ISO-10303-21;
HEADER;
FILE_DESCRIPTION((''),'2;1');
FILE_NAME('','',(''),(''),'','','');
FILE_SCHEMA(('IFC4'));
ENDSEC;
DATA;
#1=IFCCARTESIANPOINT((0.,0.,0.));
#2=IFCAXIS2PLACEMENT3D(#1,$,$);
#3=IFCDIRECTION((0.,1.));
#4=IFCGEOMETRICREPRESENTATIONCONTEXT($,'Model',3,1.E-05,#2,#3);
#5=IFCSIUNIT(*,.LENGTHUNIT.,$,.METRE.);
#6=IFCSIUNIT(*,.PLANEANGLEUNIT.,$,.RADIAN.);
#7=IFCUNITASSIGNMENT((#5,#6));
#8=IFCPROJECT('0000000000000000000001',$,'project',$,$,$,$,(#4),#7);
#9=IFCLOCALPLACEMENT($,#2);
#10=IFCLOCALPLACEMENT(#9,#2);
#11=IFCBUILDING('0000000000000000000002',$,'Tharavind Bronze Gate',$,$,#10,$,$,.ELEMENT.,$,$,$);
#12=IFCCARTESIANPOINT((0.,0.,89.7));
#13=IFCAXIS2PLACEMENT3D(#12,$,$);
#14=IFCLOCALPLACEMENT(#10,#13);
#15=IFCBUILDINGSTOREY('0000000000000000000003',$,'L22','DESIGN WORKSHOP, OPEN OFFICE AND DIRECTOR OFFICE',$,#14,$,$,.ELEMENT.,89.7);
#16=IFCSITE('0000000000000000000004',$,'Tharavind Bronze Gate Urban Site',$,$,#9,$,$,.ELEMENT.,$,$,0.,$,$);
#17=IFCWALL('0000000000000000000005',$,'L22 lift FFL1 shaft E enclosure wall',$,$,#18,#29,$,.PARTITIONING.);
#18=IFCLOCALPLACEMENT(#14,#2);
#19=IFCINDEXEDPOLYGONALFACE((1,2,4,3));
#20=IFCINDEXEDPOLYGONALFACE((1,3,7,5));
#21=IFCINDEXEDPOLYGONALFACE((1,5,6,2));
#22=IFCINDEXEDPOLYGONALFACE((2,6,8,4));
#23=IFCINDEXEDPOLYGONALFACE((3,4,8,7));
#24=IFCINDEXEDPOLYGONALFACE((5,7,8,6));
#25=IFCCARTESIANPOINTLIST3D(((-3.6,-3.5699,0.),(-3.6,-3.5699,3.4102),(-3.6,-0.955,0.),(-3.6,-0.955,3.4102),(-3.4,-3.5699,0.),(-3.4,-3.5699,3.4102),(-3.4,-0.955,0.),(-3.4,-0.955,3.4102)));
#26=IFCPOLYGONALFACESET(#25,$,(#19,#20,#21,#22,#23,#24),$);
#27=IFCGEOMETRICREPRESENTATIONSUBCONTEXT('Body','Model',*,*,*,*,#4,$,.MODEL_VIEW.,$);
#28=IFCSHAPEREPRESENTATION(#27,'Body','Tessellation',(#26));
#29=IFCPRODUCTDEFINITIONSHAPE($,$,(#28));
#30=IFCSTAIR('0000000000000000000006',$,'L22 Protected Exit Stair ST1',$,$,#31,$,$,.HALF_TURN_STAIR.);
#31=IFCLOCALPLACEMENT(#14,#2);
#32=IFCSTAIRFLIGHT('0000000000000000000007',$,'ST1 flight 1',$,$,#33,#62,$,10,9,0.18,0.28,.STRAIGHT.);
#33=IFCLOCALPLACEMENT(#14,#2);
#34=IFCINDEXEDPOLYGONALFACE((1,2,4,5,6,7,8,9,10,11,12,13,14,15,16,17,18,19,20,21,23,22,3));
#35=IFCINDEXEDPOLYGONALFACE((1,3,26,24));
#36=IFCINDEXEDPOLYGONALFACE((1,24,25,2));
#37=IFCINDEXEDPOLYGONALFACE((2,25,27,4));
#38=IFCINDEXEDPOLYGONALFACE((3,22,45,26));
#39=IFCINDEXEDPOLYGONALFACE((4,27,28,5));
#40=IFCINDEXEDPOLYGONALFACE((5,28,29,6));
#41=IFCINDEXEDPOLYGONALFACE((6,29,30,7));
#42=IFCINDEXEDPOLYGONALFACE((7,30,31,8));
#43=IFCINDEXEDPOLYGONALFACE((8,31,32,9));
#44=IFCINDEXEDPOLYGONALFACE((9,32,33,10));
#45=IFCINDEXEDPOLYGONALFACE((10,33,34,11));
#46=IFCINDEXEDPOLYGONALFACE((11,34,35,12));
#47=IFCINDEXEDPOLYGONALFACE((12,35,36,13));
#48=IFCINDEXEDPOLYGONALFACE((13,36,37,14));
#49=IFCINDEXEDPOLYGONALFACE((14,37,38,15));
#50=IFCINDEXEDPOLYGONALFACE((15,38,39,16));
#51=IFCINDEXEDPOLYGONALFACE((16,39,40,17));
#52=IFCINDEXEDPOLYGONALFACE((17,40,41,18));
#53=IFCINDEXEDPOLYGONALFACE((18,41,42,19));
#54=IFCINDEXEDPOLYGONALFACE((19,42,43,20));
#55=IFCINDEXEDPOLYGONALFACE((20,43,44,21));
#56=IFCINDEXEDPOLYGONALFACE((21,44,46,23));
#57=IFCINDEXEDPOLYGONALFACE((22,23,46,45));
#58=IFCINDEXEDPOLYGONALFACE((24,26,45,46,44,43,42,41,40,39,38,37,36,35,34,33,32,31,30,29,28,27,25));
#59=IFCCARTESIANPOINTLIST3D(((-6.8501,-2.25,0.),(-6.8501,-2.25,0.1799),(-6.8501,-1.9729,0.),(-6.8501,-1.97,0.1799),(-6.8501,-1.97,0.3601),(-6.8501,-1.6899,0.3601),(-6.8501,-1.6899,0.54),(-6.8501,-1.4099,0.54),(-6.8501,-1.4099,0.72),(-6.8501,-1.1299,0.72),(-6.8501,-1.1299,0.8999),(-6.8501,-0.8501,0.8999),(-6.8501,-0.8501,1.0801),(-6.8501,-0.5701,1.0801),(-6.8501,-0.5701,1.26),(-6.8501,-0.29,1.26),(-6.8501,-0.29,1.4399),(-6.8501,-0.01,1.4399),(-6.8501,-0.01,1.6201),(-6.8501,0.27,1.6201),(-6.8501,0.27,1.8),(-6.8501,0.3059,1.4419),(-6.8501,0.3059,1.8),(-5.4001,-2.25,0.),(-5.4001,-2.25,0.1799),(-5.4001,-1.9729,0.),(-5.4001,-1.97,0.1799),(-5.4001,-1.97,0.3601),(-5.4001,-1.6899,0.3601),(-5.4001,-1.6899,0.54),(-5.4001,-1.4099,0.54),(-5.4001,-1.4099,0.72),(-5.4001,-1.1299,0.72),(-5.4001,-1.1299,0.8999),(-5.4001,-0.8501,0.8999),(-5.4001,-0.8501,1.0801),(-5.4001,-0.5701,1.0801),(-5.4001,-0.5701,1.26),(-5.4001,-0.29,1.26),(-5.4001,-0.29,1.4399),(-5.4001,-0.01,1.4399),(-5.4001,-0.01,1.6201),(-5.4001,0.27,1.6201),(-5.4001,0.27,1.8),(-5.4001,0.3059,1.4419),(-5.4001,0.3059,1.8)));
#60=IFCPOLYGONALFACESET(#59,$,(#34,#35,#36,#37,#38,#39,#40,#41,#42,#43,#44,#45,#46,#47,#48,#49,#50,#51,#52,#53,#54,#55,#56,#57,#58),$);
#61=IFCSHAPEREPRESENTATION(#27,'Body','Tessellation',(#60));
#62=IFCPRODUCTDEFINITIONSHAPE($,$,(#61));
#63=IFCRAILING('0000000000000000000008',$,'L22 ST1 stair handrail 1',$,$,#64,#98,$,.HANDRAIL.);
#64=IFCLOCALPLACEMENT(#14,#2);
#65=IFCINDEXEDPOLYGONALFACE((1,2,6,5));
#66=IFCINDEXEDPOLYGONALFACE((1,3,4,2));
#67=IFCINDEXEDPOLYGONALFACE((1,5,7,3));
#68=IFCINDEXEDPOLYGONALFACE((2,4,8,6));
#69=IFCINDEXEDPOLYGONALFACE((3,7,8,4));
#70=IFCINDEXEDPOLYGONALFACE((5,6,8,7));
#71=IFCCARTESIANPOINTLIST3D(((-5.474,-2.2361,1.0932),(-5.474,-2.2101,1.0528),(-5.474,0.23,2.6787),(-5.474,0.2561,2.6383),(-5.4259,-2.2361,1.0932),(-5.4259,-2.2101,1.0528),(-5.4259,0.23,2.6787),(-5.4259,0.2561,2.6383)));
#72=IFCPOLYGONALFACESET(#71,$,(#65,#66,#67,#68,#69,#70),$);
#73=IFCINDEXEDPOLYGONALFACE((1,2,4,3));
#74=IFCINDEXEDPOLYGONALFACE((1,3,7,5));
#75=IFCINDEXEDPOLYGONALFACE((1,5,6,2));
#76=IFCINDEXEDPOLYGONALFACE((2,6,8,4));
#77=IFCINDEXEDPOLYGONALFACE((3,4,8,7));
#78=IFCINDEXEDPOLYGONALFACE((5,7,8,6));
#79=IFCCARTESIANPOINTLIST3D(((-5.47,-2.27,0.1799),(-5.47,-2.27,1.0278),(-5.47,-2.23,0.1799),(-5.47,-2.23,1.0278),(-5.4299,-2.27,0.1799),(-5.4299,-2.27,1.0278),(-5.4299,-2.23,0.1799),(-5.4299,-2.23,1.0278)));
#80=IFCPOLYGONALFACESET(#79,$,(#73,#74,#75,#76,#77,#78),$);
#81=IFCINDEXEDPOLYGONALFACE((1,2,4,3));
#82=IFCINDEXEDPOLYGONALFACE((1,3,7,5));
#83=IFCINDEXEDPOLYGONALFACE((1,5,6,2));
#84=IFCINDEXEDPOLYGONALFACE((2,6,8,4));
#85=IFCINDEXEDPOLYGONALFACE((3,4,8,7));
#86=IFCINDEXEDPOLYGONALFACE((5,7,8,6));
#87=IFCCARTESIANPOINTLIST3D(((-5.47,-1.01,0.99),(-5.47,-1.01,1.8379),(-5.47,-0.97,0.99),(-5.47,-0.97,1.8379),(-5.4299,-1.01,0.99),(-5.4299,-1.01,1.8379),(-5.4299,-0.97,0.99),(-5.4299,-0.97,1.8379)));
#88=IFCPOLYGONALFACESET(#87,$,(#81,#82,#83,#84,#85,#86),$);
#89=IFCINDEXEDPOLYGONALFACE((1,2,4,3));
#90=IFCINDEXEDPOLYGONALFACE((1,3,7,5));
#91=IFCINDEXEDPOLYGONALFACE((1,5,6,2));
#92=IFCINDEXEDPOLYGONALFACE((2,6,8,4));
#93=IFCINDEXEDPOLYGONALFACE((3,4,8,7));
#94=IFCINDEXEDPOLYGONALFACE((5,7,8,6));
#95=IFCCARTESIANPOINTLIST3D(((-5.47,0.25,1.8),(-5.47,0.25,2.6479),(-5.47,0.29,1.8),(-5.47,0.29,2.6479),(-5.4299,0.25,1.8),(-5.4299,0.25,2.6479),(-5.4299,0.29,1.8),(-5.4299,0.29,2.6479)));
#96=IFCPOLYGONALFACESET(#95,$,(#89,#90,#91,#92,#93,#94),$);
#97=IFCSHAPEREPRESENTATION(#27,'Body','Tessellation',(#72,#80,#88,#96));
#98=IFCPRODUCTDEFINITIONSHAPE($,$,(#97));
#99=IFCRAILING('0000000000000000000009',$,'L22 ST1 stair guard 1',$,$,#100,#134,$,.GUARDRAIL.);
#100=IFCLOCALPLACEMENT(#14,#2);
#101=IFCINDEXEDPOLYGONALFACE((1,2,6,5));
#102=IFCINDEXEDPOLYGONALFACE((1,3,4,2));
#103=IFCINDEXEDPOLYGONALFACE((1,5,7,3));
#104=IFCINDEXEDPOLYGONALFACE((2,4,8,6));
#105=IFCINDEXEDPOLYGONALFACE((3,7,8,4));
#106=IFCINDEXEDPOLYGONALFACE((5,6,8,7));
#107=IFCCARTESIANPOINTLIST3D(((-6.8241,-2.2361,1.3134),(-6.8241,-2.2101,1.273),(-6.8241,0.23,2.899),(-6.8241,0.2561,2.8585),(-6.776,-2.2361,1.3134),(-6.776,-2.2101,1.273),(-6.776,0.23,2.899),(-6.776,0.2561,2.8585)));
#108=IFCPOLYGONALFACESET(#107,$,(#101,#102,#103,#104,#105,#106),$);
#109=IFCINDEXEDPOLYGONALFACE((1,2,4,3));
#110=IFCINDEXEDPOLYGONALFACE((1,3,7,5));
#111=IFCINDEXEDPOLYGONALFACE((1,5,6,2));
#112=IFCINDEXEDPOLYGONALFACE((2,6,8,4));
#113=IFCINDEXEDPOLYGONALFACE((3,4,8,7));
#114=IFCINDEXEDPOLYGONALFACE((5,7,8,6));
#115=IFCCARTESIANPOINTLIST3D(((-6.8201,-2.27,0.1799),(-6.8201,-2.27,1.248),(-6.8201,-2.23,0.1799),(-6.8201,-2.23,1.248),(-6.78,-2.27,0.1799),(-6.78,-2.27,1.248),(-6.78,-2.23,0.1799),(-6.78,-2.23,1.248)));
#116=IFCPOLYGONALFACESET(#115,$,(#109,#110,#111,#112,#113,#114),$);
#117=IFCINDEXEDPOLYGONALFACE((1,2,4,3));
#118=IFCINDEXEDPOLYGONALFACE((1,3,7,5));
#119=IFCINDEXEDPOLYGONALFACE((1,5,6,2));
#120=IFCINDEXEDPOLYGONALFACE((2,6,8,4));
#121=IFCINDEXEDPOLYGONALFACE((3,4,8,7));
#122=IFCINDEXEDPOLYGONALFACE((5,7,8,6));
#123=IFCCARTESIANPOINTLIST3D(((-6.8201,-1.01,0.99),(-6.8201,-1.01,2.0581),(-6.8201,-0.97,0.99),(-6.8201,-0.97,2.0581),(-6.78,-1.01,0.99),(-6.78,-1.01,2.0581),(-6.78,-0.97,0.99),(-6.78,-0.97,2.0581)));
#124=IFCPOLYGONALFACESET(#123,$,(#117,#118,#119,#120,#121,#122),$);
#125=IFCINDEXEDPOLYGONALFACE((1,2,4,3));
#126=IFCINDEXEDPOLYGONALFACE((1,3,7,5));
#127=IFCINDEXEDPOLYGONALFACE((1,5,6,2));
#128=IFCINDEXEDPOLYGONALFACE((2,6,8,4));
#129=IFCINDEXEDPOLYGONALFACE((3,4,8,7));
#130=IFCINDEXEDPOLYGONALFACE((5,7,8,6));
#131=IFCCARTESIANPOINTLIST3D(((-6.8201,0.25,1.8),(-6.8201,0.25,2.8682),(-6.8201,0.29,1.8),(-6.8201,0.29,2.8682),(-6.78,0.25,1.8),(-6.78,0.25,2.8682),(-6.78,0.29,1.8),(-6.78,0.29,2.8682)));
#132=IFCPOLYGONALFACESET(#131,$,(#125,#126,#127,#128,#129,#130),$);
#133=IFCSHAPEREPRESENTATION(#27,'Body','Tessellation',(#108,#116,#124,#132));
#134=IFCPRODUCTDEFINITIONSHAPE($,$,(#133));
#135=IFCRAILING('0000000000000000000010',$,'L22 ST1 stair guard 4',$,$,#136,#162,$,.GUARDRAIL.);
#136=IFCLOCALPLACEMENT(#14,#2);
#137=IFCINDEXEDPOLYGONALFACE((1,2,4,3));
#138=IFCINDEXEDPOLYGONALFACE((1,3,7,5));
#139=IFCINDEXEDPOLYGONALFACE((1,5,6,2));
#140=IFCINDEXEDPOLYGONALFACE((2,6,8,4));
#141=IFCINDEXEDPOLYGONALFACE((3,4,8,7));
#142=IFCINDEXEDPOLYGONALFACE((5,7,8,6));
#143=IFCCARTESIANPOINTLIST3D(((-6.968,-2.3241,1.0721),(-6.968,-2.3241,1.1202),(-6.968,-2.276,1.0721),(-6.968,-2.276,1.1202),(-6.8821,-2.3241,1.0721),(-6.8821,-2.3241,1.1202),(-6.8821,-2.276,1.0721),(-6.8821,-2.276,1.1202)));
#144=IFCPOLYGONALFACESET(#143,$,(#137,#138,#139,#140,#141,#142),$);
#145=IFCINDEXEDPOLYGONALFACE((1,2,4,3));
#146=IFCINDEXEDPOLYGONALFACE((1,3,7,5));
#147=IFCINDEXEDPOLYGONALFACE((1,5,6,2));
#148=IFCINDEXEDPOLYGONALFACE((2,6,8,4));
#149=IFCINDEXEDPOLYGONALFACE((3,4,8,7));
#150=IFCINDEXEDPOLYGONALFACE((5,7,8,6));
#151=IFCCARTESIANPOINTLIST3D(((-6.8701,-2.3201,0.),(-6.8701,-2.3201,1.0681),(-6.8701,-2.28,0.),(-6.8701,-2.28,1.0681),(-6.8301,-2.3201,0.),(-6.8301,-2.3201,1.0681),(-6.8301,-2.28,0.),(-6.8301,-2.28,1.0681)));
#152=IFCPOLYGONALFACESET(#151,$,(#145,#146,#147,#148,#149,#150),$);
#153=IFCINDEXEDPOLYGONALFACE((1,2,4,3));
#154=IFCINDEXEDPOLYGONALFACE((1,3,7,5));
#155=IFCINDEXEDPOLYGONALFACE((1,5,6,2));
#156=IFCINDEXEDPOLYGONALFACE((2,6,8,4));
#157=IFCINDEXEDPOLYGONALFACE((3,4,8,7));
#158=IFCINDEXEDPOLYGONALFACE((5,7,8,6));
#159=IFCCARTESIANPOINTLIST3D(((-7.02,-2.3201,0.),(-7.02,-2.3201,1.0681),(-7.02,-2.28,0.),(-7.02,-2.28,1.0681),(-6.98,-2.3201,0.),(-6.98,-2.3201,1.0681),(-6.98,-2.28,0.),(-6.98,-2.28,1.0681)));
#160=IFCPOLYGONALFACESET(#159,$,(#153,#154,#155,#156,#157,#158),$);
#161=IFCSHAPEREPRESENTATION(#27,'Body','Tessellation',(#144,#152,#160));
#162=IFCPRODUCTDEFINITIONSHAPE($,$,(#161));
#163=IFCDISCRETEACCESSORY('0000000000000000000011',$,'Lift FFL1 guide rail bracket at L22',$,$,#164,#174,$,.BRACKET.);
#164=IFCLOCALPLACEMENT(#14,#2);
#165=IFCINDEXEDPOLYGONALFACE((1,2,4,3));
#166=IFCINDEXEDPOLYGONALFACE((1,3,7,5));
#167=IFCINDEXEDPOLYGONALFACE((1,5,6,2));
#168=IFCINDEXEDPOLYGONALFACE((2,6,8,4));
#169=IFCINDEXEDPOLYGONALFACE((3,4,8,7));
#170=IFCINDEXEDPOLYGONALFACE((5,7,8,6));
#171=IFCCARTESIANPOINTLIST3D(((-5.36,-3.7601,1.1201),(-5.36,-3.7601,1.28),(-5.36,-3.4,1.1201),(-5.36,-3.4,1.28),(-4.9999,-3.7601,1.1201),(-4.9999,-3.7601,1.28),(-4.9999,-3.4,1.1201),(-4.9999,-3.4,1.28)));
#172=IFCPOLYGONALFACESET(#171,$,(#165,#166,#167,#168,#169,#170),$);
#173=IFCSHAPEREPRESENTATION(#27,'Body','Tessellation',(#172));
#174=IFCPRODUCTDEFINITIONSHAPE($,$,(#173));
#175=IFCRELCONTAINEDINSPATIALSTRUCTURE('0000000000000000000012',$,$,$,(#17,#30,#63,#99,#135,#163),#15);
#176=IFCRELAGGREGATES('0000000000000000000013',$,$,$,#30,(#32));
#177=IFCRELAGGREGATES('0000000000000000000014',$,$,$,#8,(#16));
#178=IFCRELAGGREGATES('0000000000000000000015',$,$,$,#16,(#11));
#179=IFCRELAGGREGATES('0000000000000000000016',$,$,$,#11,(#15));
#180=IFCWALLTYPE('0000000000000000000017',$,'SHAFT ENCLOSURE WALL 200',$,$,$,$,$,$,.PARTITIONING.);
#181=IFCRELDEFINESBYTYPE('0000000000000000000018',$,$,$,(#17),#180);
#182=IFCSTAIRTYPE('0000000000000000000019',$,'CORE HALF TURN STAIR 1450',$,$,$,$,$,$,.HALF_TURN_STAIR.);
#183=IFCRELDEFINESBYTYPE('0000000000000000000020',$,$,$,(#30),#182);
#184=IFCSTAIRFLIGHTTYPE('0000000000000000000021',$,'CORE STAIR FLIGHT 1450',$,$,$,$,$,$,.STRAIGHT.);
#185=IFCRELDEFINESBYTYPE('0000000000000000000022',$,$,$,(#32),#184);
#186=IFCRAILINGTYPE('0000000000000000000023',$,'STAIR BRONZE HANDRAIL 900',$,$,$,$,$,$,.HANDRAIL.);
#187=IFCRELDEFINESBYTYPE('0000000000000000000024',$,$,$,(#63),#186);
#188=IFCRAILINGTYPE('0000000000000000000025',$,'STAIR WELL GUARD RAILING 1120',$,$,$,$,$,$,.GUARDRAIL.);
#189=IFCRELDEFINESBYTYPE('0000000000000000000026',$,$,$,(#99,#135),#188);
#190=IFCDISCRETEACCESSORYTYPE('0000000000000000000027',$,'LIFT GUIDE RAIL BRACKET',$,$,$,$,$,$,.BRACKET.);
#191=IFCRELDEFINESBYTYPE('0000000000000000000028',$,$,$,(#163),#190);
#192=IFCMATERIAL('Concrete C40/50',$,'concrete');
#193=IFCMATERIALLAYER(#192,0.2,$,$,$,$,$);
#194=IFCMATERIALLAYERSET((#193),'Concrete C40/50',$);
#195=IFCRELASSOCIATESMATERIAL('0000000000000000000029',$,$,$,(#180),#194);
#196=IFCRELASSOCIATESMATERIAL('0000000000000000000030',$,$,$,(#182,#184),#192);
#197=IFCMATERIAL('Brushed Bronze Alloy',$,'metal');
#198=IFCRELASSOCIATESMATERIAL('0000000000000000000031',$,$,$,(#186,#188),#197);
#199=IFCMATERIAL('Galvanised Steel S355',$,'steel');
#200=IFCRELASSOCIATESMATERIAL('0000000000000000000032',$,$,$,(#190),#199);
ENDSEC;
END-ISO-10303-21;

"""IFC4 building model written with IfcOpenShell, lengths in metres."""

from ifc_helpers import new_model, si_unit, direction, frame, frame_2d, origin, origin_2d, place, context, subcontext, project, spatial, polyline, rectangle, outline, extrude, material, layer, layer_set, type_object, element, aggregate, save


model = new_model("IFC4")

# Units and contexts
model_context = context("Model", 3, precision=1e-05, world=origin(), true_north=direction((0.0, 1.0)))
body_context = subcontext(model_context, "Body", "Model", "MODEL_VIEW")
ifc_project = project(units=[si_unit("LENGTHUNIT", "METRE"), si_unit("PLANEANGLEUNIT", "RADIAN")], contexts=[model_context])

# Site, building, storey
site_placement = place(None, origin())
site = spatial("IfcSite", under=ifc_project, at=site_placement, Name="Tharavind Bronze Gate Urban Site", CompositionType="ELEMENT", RefElevation=0.0)
building_placement = place(site_placement, origin())
building = spatial("IfcBuilding", under=site, at=building_placement, Name="Tharavind Bronze Gate", CompositionType="ELEMENT")
storey_placement = place(building_placement, frame((0.0, 0.0, 89.7)))
storey = spatial("IfcBuildingStorey", under=building, at=storey_placement, Name="L22", Description="DESIGN WORKSHOP, OPEN OFFICE AND DIRECTOR OFFICE", CompositionType="ELEMENT", Elevation=89.7)

# Wall
ifc_material_1 = material(Name="Concrete C40/50", Category="concrete")
ifc_layer_1 = layer(ifc_material_1, 0.2)
ifc_layer_set_1 = layer_set([ifc_layer_1], Name="Concrete C40/50")
wall_type_1 = type_object("IfcWallType", Name="SHAFT ENCLOSURE WALL 200", PredefinedType="PARTITIONING", material=ifc_layer_set_1)
wall_1_placement = place(storey_placement, frame((-3.5, -3.5701, 0.0), z_axis=(0.0, 0.0, 1.0), x_axis=(0.0, 1.0, 0.0)))
element("IfcWall", 1, at=wall_1_placement, inside=storey, type_object=wall_type_1, Name="L22 lift FFL1 shaft E enclosure wall", PredefinedType="PARTITIONING", context=body_context, shape_type="SweptSolid", body=[
    extrude(rectangle(XDim=2.615, YDim=0.2, at=frame_2d((1.3076, 0.0))), origin(), (0.0, 0.0, 1.0), 3.4102),
])

# Stair, stair flight
stair_type = type_object("IfcStairType", Name="CORE HALF TURN STAIR 1450", PredefinedType="HALF_TURN_STAIR", material=ifc_material_1)
stair_placement = place(storey_placement, origin())
stair = element("IfcStair", 2, at=stair_placement, inside=storey, type_object=stair_type, Name="L22 Protected Exit Stair ST1", PredefinedType="HALF_TURN_STAIR")
stair_flight_type = type_object("IfcStairFlightType", Name="CORE STAIR FLIGHT 1450", PredefinedType="STRAIGHT", material=ifc_material_1)
stair_flight_placement = place(storey_placement, frame((-6.125, -2.25, 0.0), z_axis=(0.0, 0.0, 1.0), x_axis=(0.0, 1.0, 0.0)))
stair_flight = element("IfcStairFlight", 3, at=stair_flight_placement, type_object=stair_flight_type, Name="ST1 flight 1", NumberOfRisers=10, NumberOfTreads=9, PredefinedType="STRAIGHT", RiserHeight=0.18, TreadLength=0.28, context=body_context, shape_type="SweptSolid", body=[
    extrude(outline(polyline([(0.0, 0.0), (0.0, 0.1799), (0.28, 0.1799), (0.28, 0.3601), (0.5601, 0.3601), (0.5601, 0.54), (0.8401, 0.54), (0.8401, 0.72), (1.1201, 0.72), (1.1201, 0.8999), (1.3999, 0.8999), (1.3999, 1.0801), (1.6799, 1.0801), (1.6799, 1.26), (1.96, 1.26), (1.96, 1.4399), (2.24, 1.4399), (2.24, 1.6201), (2.52, 1.6201), (2.52, 1.8), (2.5559, 1.8), (2.5559, 1.4419), (0.2771, 0.0), (0.0, 0.0)])), frame((0.0, 0.7251, 0.0), z_axis=(0.0, -1.0, 0.0), x_axis=(1.0, 0.0, 0.0)), (0.0, 0.0, 1.0), 1.45),
])
aggregate(stair, [stair_flight])

# Railings
ifc_material_2 = material(Name="Brushed Bronze Alloy", Category="metal")
railing_type_1 = type_object("IfcRailingType", Name="STAIR BRONZE HANDRAIL 900", PredefinedType="HANDRAIL", material=ifc_material_2)
railing_1_placement = place(storey_placement, frame((-5.45, -2.25, 0.1799)))
element("IfcRailing", 4, at=railing_1_placement, inside=storey, type_object=railing_type_1, Name="L22 ST1 stair handrail 1", PredefinedType="HANDRAIL", context=body_context, shape_type="SweptSolid", body=[
    extrude(rectangle(XDim=0.0481, YDim=0.0481, at=origin_2d()), frame((0.0, 0.0269, 0.8931), z_axis=(0.0, 0.841163, 0.540782), x_axis=(-1.0, 0.0, 0.0)), (0.0, 0.0, 1.0), 2.9319),
    extrude(rectangle(XDim=0.04, YDim=0.04, at=origin_2d()), origin(), (0.0, 0.0, 1.0), 0.8479),
    extrude(rectangle(XDim=0.04, YDim=0.04, at=origin_2d()), frame((0.0, 1.26, 0.8101)), (0.0, 0.0, 1.0), 0.8479),
    extrude(rectangle(XDim=0.04, YDim=0.04, at=origin_2d()), frame((0.0, 2.52, 1.6201)), (0.0, 0.0, 1.0), 0.8479),
])
railing_type_2 = type_object("IfcRailingType", Name="STAIR WELL GUARD RAILING 1120", PredefinedType="GUARDRAIL", material=ifc_material_2)
railing_2_placement = place(storey_placement, frame((-6.8, -2.25, 0.1799)))
element("IfcRailing", 5, at=railing_2_placement, inside=storey, type_object=railing_type_2, Name="L22 ST1 stair guard 1", PredefinedType="GUARDRAIL", context=body_context, shape_type="SweptSolid", body=[
    extrude(rectangle(XDim=0.0481, YDim=0.0481, at=origin_2d()), frame((0.0, 0.0269, 1.1133), z_axis=(0.0, 0.841163, 0.540782), x_axis=(-1.0, 0.0, 0.0)), (0.0, 0.0, 1.0), 2.9319),
    extrude(rectangle(XDim=0.04, YDim=0.04, at=origin_2d()), origin(), (0.0, 0.0, 1.0), 1.0681),
    extrude(rectangle(XDim=0.04, YDim=0.04, at=origin_2d()), frame((0.0, 1.26, 0.8101)), (0.0, 0.0, 1.0), 1.0681),
    extrude(rectangle(XDim=0.04, YDim=0.04, at=origin_2d()), frame((0.0, 2.52, 1.6201)), (0.0, 0.0, 1.0), 1.0681),
])
railing_3_placement = place(storey_placement, frame((-6.8501, -2.3, 0.0)))
element("IfcRailing", 6, at=railing_3_placement, inside=storey, type_object=railing_type_2, Name="L22 ST1 stair guard 4", PredefinedType="GUARDRAIL", context=body_context, shape_type="SweptSolid", body=[
    extrude(rectangle(XDim=0.0481, YDim=0.0481, at=origin_2d()), frame((-0.032, 0.0, 1.0962), z_axis=(-1.0, 0.0, 0.0), x_axis=(0.0, -1.0, 0.0)), (0.0, 0.0, 1.0), 0.0859),
    extrude(rectangle(XDim=0.04, YDim=0.04, at=origin_2d()), origin(), (0.0, 0.0, 1.0), 1.0681),
    extrude(rectangle(XDim=0.04, YDim=0.04, at=origin_2d()), frame((-0.1499, 0.0, 0.0)), (0.0, 0.0, 1.0), 1.0681),
])

# Discrete accessory
ifc_material_3 = material(Name="Galvanised Steel S355", Category="steel")
discrete_accessory_type = type_object("IfcDiscreteAccessoryType", Name="LIFT GUIDE RAIL BRACKET", PredefinedType="BRACKET", material=ifc_material_3)
discrete_accessory_placement = place(storey_placement, frame((-5.1799, -3.5801, 1.1201), z_axis=(0.0, 0.0, 1.0), x_axis=(1.0, 0.0, 0.0)))
element("IfcDiscreteAccessory", 7, at=discrete_accessory_placement, inside=storey, type_object=discrete_accessory_type, Name="Lift FFL1 guide rail bracket at L22", PredefinedType="BRACKET", context=body_context, shape_type="SweptSolid", body=[
    extrude(rectangle(XDim=0.3601, YDim=0.3601, at=origin_2d()), origin(), (0.0, 0.0, 1.0), 0.1599),
])

save(model, "model.ifc")
